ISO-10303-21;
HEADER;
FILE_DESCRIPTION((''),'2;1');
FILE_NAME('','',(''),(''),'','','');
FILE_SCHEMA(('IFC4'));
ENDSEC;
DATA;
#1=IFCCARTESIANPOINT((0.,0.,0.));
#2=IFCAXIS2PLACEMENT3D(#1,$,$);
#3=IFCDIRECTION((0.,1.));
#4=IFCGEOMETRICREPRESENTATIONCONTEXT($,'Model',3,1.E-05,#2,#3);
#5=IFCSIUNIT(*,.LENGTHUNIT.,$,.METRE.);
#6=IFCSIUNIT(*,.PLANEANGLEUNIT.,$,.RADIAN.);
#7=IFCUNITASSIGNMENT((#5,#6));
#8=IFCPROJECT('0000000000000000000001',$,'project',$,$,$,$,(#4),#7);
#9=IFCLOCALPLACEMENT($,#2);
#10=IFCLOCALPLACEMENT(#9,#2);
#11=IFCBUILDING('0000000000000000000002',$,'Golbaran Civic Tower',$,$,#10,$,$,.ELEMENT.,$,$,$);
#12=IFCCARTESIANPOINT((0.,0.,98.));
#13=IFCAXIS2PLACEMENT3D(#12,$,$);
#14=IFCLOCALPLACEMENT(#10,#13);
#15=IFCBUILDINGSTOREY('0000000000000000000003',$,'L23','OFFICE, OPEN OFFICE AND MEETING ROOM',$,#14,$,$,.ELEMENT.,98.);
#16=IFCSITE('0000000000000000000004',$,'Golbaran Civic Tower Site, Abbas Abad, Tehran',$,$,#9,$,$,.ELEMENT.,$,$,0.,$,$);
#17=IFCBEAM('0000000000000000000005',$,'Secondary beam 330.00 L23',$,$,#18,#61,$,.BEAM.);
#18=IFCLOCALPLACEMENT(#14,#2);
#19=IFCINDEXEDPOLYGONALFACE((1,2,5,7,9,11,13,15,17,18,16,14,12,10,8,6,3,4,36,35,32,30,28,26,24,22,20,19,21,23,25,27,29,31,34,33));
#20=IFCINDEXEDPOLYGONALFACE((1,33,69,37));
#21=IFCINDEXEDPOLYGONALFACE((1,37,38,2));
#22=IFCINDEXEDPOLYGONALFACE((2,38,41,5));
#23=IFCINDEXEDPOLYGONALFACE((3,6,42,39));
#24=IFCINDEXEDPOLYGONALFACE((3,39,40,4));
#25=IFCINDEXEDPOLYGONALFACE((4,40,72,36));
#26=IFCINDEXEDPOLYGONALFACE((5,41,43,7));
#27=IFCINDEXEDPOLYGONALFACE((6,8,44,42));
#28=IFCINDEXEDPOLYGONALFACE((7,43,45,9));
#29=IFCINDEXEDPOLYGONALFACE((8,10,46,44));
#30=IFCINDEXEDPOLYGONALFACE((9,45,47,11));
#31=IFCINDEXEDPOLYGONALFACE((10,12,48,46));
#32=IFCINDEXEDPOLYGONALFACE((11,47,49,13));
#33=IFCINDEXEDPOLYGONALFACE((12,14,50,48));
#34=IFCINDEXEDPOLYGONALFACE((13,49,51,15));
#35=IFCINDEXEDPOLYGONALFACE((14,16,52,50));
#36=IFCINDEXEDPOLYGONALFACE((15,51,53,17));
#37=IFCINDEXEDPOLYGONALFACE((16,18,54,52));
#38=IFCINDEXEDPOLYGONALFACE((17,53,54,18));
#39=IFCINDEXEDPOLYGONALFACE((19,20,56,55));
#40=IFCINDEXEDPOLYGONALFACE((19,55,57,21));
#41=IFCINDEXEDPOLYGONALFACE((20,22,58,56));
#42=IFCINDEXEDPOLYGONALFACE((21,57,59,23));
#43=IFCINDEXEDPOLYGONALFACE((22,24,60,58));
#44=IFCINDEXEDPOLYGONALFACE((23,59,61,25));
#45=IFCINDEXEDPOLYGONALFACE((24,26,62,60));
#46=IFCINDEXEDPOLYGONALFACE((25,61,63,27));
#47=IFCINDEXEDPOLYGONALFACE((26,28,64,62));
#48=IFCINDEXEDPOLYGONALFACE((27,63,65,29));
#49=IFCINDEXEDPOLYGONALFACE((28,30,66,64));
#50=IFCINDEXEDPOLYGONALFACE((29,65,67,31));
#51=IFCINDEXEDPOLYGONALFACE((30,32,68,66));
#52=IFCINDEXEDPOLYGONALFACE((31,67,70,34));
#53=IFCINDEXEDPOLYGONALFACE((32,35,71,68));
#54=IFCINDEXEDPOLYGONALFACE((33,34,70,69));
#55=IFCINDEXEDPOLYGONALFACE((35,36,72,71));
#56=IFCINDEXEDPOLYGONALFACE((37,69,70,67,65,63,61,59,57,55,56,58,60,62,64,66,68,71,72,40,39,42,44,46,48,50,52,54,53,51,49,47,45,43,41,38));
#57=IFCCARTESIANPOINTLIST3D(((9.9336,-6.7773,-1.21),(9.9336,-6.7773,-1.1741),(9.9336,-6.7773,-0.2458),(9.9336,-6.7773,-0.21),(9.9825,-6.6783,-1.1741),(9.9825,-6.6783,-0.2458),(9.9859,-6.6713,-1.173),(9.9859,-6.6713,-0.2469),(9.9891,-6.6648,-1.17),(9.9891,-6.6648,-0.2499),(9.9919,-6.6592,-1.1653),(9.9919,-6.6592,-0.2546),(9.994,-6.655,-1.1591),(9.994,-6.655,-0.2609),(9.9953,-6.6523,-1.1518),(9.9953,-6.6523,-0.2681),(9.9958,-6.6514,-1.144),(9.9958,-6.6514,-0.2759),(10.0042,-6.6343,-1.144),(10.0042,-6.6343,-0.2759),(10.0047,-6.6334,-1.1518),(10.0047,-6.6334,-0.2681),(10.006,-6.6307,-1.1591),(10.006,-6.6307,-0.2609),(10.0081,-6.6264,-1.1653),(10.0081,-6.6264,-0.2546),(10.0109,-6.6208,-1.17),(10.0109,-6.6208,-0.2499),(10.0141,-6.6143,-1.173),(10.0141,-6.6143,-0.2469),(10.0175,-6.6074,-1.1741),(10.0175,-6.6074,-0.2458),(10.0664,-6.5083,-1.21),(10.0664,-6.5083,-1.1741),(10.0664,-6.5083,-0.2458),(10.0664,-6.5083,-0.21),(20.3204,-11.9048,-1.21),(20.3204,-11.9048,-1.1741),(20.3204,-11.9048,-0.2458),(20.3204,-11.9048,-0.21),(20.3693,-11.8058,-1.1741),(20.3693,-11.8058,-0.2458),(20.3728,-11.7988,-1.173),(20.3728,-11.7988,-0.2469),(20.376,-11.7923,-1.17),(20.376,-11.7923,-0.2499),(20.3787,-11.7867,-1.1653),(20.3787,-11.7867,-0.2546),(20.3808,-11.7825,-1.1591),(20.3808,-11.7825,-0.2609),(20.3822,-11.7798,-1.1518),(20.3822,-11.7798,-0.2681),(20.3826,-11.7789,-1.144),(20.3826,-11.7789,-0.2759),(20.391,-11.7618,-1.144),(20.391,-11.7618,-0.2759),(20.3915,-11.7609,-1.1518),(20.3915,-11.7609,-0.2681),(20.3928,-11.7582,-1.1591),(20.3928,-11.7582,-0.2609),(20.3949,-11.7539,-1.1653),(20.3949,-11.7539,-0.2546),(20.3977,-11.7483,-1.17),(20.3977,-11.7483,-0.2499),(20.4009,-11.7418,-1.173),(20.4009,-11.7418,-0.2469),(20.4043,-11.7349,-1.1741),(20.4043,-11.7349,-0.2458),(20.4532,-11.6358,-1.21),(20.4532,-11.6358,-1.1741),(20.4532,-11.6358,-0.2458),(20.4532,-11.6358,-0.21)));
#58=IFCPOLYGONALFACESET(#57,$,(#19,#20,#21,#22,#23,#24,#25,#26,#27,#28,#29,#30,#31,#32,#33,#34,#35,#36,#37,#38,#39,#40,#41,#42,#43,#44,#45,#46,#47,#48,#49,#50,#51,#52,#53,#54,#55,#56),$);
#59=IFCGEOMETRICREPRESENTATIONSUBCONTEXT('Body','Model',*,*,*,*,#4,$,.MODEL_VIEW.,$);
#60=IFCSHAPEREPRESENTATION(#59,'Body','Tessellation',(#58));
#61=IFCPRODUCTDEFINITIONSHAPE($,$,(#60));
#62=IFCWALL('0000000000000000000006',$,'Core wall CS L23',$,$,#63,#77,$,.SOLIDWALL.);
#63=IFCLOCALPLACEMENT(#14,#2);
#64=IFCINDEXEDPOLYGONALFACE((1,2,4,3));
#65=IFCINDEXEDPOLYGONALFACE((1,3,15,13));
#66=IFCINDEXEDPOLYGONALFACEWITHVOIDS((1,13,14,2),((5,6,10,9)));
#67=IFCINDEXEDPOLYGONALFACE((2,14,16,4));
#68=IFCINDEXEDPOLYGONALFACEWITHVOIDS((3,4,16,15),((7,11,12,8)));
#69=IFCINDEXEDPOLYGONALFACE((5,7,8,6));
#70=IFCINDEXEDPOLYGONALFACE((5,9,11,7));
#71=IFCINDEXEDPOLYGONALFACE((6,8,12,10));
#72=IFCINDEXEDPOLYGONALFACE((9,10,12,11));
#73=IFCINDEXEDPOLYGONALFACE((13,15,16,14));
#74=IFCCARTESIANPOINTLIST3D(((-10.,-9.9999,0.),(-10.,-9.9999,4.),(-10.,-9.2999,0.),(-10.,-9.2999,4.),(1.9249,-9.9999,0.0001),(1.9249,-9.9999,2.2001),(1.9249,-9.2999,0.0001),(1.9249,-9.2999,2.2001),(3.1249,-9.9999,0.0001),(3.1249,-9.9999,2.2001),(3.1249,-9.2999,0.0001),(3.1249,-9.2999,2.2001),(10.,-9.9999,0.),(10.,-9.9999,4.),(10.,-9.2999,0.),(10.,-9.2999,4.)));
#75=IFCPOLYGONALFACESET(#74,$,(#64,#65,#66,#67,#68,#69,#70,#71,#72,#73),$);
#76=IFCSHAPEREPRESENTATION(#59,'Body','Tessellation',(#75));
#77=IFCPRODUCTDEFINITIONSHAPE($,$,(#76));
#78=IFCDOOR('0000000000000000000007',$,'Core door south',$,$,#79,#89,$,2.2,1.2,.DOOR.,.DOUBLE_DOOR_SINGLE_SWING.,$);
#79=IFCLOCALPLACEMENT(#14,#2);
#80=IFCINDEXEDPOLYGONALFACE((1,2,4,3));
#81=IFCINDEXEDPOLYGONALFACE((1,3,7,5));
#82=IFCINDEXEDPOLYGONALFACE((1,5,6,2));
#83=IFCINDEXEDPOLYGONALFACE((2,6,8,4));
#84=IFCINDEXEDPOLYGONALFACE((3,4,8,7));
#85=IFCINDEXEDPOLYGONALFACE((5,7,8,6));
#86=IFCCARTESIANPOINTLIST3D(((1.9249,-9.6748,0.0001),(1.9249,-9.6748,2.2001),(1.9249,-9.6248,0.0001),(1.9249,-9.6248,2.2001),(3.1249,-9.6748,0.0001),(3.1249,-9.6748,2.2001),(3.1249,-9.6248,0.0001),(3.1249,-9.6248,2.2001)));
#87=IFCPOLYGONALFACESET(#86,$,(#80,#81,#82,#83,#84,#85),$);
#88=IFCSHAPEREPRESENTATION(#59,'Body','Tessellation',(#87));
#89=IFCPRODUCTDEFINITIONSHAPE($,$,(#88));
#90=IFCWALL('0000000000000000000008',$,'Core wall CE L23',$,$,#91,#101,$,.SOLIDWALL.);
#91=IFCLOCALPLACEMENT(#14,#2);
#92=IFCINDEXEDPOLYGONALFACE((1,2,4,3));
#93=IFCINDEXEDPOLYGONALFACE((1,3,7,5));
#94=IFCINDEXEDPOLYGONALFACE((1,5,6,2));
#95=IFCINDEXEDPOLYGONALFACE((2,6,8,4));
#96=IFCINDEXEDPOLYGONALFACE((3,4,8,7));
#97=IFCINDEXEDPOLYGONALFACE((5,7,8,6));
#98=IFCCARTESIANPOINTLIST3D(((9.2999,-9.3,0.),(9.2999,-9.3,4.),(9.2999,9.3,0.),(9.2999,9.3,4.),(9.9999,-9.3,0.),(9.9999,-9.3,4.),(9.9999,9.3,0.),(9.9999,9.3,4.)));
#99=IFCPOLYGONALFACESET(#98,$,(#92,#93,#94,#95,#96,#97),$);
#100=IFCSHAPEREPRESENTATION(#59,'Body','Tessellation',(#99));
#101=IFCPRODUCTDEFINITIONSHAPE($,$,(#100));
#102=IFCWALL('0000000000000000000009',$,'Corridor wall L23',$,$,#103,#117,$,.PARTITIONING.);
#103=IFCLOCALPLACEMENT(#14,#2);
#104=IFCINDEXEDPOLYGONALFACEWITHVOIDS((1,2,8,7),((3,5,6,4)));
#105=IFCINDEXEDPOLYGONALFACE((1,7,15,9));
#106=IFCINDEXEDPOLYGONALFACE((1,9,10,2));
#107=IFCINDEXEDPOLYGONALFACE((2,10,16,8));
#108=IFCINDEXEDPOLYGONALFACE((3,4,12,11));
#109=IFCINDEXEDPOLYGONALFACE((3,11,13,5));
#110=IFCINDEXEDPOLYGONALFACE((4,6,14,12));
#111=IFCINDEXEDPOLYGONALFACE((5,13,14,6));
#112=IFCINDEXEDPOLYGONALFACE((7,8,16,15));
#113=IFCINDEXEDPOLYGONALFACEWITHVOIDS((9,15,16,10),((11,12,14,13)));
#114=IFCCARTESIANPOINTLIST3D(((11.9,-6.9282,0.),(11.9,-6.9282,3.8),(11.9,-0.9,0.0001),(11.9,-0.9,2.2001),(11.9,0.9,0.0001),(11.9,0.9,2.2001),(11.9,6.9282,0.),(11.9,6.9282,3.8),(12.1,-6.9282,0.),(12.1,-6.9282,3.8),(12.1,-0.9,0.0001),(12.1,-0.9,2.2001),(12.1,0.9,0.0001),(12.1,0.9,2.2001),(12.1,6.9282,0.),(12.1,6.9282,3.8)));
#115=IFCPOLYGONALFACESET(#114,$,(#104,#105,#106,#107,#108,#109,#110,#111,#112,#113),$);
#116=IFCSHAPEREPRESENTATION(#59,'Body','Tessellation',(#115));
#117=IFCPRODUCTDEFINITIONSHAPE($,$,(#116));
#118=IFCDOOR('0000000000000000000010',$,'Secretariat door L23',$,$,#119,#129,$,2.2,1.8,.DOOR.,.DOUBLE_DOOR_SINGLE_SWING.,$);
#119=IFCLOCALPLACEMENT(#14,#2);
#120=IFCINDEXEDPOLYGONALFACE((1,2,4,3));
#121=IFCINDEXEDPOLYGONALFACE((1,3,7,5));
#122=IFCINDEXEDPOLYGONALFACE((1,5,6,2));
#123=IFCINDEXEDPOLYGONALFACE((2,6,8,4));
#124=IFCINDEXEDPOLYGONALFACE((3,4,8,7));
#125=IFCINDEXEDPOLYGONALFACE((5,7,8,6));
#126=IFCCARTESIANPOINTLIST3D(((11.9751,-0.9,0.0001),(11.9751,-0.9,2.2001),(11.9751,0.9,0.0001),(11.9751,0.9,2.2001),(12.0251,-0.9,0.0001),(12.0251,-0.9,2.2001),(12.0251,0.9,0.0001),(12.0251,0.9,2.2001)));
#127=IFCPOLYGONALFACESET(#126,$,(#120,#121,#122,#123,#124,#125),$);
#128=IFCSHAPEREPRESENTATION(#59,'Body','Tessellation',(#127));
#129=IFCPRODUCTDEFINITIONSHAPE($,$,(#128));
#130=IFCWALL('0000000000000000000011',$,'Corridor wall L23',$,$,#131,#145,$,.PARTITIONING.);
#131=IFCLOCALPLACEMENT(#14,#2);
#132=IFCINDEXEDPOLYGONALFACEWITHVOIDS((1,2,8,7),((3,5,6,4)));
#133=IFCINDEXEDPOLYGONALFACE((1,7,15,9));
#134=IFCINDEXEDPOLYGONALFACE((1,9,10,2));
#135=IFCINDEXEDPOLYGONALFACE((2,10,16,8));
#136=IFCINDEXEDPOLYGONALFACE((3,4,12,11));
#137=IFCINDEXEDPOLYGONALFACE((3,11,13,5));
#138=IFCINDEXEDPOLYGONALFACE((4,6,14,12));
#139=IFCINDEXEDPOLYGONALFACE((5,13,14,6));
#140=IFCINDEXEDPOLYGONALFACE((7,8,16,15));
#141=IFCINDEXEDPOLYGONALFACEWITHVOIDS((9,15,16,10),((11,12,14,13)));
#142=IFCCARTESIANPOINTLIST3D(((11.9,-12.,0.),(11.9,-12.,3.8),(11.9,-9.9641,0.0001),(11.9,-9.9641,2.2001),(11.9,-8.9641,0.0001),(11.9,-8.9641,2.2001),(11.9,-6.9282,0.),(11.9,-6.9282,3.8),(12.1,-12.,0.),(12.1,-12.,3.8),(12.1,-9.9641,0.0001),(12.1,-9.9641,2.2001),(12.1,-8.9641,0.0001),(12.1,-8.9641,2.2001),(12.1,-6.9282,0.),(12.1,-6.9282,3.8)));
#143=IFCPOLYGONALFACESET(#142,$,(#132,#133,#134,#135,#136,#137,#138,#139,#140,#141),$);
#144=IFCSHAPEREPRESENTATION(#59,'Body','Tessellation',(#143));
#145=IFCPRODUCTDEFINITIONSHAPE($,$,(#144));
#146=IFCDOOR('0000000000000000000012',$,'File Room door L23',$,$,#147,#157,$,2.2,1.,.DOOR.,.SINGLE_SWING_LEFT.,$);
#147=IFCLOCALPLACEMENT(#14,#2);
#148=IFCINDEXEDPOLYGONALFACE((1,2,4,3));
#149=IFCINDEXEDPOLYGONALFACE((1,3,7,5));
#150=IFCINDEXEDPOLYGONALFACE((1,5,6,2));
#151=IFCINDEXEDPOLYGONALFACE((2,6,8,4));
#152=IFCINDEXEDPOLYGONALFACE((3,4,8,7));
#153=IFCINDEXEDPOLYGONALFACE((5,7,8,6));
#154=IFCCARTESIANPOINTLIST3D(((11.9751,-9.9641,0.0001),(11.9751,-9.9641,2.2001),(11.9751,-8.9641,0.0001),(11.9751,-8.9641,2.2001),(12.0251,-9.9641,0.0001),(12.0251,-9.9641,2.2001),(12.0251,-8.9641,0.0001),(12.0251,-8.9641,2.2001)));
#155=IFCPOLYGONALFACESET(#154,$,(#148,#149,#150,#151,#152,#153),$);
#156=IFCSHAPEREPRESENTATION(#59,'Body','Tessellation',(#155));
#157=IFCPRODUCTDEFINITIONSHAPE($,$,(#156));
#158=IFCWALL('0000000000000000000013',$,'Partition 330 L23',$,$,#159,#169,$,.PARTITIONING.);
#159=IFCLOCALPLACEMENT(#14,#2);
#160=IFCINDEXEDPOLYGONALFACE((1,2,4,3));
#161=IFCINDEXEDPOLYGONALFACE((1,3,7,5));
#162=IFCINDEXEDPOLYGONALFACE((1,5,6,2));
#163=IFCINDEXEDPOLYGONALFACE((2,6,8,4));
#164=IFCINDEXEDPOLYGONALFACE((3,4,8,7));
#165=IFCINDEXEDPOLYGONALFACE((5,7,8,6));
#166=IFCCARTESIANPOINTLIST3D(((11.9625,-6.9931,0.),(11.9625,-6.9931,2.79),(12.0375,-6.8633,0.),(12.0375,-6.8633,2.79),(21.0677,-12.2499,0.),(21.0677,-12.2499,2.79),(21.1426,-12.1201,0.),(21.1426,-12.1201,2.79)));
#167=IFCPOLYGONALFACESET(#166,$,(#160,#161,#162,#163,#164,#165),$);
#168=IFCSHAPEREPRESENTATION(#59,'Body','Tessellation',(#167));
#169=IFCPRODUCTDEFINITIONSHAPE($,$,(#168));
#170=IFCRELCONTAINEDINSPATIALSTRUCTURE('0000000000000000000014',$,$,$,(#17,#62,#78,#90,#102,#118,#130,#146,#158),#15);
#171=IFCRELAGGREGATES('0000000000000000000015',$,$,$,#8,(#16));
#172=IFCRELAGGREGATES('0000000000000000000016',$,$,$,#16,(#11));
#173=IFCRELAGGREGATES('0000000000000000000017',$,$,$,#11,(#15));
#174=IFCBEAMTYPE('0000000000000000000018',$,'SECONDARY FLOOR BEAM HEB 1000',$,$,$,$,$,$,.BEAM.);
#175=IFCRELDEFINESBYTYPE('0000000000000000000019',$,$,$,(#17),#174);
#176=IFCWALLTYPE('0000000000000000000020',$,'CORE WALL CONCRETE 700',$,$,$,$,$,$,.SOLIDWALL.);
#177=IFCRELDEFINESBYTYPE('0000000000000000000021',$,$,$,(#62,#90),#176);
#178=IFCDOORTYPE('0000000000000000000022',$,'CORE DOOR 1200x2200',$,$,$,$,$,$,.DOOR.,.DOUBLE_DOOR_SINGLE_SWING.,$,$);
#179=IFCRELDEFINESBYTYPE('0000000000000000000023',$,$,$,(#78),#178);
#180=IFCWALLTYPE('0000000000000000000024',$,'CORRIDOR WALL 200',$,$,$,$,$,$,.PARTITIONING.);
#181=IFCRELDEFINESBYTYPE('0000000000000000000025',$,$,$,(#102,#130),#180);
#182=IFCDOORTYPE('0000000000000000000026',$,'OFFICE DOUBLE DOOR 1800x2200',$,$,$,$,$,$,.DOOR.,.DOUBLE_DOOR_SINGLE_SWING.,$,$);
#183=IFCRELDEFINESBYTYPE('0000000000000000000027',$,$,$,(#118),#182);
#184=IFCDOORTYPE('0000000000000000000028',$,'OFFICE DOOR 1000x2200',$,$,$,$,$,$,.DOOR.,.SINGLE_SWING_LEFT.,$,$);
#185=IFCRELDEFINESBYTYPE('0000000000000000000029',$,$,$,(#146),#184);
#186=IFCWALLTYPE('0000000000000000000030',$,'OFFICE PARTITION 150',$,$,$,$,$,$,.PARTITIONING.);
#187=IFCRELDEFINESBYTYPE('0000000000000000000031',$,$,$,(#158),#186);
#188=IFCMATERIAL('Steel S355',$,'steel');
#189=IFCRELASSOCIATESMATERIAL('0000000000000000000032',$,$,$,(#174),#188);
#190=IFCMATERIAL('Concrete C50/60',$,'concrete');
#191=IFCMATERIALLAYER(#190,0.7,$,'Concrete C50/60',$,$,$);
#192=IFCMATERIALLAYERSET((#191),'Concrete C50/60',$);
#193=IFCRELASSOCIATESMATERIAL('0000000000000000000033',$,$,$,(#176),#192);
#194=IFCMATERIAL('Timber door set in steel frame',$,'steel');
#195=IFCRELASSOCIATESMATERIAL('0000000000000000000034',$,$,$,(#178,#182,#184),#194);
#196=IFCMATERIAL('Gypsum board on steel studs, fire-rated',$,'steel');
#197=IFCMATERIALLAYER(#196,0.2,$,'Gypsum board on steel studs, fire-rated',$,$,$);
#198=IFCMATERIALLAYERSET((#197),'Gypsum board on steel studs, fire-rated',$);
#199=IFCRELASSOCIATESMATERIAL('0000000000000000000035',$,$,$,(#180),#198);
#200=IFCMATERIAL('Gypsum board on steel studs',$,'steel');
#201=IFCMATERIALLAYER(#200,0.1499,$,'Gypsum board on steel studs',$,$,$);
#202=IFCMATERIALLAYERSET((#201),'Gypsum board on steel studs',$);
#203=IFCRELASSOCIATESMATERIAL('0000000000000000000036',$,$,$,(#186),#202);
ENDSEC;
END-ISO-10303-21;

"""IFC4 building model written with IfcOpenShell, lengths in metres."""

from ifc_helpers import new_model, si_unit, direction, frame, frame_2d, origin, origin_2d, place, context, subcontext, project, spatial, rectangle, i_section, extrude, material, layer, layer_set, material_profile, profile_set, type_object, element, fill, save


model = new_model("IFC4")

# Units and contexts
model_context = context("Model", 3, precision=1e-05, world=origin(), true_north=direction((0.0, 1.0)))
body_context = subcontext(model_context, "Body", "Model", "MODEL_VIEW")
ifc_project = project(units=[si_unit("LENGTHUNIT", "METRE"), si_unit("PLANEANGLEUNIT", "RADIAN")], contexts=[model_context])

# Site, building, storey
site_placement = place(None, origin())
site = spatial("IfcSite", under=ifc_project, at=site_placement, Name="Golbaran Civic Tower Site, Abbas Abad, Tehran", CompositionType="ELEMENT", RefElevation=0.0)
building_placement = place(site_placement, origin())
building = spatial("IfcBuilding", under=site, at=building_placement, Name="Golbaran Civic Tower", CompositionType="ELEMENT")
storey_placement = place(building_placement, frame((0.0, 0.0, 98.0)))
storey = spatial("IfcBuildingStorey", under=building, at=storey_placement, Name="L23", Description="OFFICE, OPEN OFFICE AND MEETING ROOM", CompositionType="ELEMENT", Elevation=98.0)

# Beam
ifc_material_1 = material(Name="Steel S355", Category="steel")
ifc_material_profile_1 = material_profile(ifc_material_1, i_section(OverallWidth=0.3, OverallDepth=1.0, WebThickness=0.019, FlangeThickness=0.0359, FilletRadius=0.03, at=origin_2d()), Name="HEB 1000")
ifc_profile_set_1 = profile_set([ifc_material_profile_1], Name="Steel S355")
beam_type_1 = type_object("IfcBeamType", Name="SECONDARY FLOOR BEAM HEB 1000", PredefinedType="BEAM", material=ifc_profile_set_1)
beam_1_placement = place(storey_placement, frame((10.0, -6.6428, -0.71), z_axis=(0.896692, -0.442655, 0.0), x_axis=(0.442655, 0.896692, 0.0)))
element("IfcBeam", 1, at=beam_1_placement, inside=storey, type_object=beam_type_1, Name="Secondary beam 330.00 L23", PredefinedType="BEAM", context=body_context, shape_type="SweptSolid", body=[
    extrude(i_section(OverallWidth=0.3, OverallDepth=1.0, WebThickness=0.019, FlangeThickness=0.0359, FilletRadius=0.03, at=origin_2d()), origin(), (0.0, 0.0, 1.0), 11.5835),
])

# Wall, opening, door
ifc_material_2 = material(Name="Concrete C50/60", Category="concrete")
ifc_layer_1 = layer(ifc_material_2, 0.7, Name="Concrete C50/60")
ifc_layer_set_1 = layer_set([ifc_layer_1], Name="Concrete C50/60")
wall_type_1 = type_object("IfcWallType", Name="CORE WALL CONCRETE 700", PredefinedType="SOLIDWALL", material=ifc_layer_set_1)
wall_1_placement = place(storey_placement, frame((10.0, -9.6499, 0.0), z_axis=(0.0, 0.0, 1.0), x_axis=(-1.0, 0.0, 0.0)))
wall_1 = element("IfcWall", 2, at=wall_1_placement, inside=storey, type_object=wall_type_1, Name="Core wall CS L23", PredefinedType="SOLIDWALL", context=body_context, shape_type="SweptSolid", body=[
    extrude(rectangle(XDim=20.0, YDim=0.7, at=frame_2d((10.0, 0.0))), origin(), (0.0, 0.0, 1.0), 4.0),
])
opening_1_placement = place(wall_1_placement, frame((6.875, 0.0, 0.0)))
opening_1 = element("IfcOpeningElement", 3, at=opening_1_placement, cuts=wall_1, PredefinedType="OPENING", context=body_context, shape_type="SweptSolid", body=[
    extrude(rectangle(XDim=1.2, YDim=2.2, at=frame_2d((0.6001, 1.1001))), frame((0.0, 0.3599, 0.0), z_axis=(0.0, -1.0, 0.0), x_axis=(1.0, 0.0, 0.0)), (0.0, 0.0, 1.0), 0.72),
])
ifc_material_3 = material(Name="Timber door set in steel frame", Category="steel")
door_type_1 = type_object("IfcDoorType", Name="CORE DOOR 1200x2200", OperationType="DOUBLE_DOOR_SINGLE_SWING", PredefinedType="DOOR", material=ifc_material_3)
door_1_placement = place(opening_1_placement, origin())
door_1 = element("IfcDoor", 4, at=door_1_placement, inside=storey, type_object=door_type_1, Name="Core door south", OperationType="DOUBLE_DOOR_SINGLE_SWING", OverallHeight=2.2, OverallWidth=1.2, PredefinedType="DOOR", context=body_context, shape_type="SweptSolid", body=[
    extrude(rectangle(XDim=1.2, YDim=2.2, at=frame_2d((0.6001, 1.1001))), frame((0.0, 0.0249, 0.0), z_axis=(0.0, -1.0, 0.0), x_axis=(1.0, 0.0, 0.0)), (0.0, 0.0, 1.0), 0.05),
])
fill(opening_1, door_1)

# Wall
wall_2_placement = place(storey_placement, frame((9.6499, -9.3, 0.0), z_axis=(0.0, 0.0, 1.0), x_axis=(0.0, 1.0, 0.0)))
element("IfcWall", 5, at=wall_2_placement, inside=storey, type_object=wall_type_1, Name="Core wall CE L23", PredefinedType="SOLIDWALL", context=body_context, shape_type="SweptSolid", body=[
    extrude(rectangle(XDim=18.6001, YDim=0.7, at=frame_2d((9.3, 0.0))), origin(), (0.0, 0.0, 1.0), 4.0),
])

# Walls, openings, doors
ifc_material_4 = material(Name="Gypsum board on steel studs, fire-rated", Category="steel")
ifc_layer_2 = layer(ifc_material_4, 0.2, Name="Gypsum board on steel studs, fire-rated")
ifc_layer_set_2 = layer_set([ifc_layer_2], Name="Gypsum board on steel studs, fire-rated")
wall_type_2 = type_object("IfcWallType", Name="CORRIDOR WALL 200", PredefinedType="PARTITIONING", material=ifc_layer_set_2)
wall_3_placement = place(storey_placement, frame((12.0, -6.9282, 0.0), z_axis=(0.0, 0.0, 1.0), x_axis=(0.0, 1.0, 0.0)))
wall_3 = element("IfcWall", 6, at=wall_3_placement, inside=storey, type_object=wall_type_2, Name="Corridor wall L23", PredefinedType="PARTITIONING", context=body_context, shape_type="SweptSolid", body=[
    extrude(rectangle(XDim=13.8564, YDim=0.2, at=frame_2d((6.9282, 0.0))), origin(), (0.0, 0.0, 1.0), 3.8),
])
opening_2_placement = place(wall_3_placement, frame((6.0283, 0.0, 0.0)))
opening_2 = element("IfcOpeningElement", 7, at=opening_2_placement, cuts=wall_3, PredefinedType="OPENING", context=body_context, shape_type="SweptSolid", body=[
    extrude(rectangle(XDim=1.8, YDim=2.2, at=frame_2d((0.8999, 1.1001))), frame((0.0, 0.1099, 0.0), z_axis=(0.0, -1.0, 0.0), x_axis=(1.0, 0.0, 0.0)), (0.0, 0.0, 1.0), 0.22),
])
door_type_2 = type_object("IfcDoorType", Name="OFFICE DOUBLE DOOR 1800x2200", OperationType="DOUBLE_DOOR_SINGLE_SWING", PredefinedType="DOOR", material=ifc_material_3)
door_2_placement = place(opening_2_placement, origin())
door_2 = element("IfcDoor", 8, at=door_2_placement, inside=storey, type_object=door_type_2, Name="Secretariat door L23", OperationType="DOUBLE_DOOR_SINGLE_SWING", OverallHeight=2.2, OverallWidth=1.8, PredefinedType="DOOR", context=body_context, shape_type="SweptSolid", body=[
    extrude(rectangle(XDim=1.8, YDim=2.2, at=frame_2d((0.8999, 1.1001))), frame((0.0, 0.0249, 0.0), z_axis=(0.0, -1.0, 0.0), x_axis=(1.0, 0.0, 0.0)), (0.0, 0.0, 1.0), 0.05),
])
fill(opening_2, door_2)
wall_4_placement = place(storey_placement, frame((12.0, -12.0, 0.0), z_axis=(0.0, 0.0, 1.0), x_axis=(0.0, 1.0, 0.0)))
wall_4 = element("IfcWall", 9, at=wall_4_placement, inside=storey, type_object=wall_type_2, Name="Corridor wall L23", PredefinedType="PARTITIONING", context=body_context, shape_type="SweptSolid", body=[
    extrude(rectangle(XDim=5.0718, YDim=0.2, at=frame_2d((2.5359, 0.0))), origin(), (0.0, 0.0, 1.0), 3.8),
])
opening_3_placement = place(wall_4_placement, frame((2.0359, 0.0, 0.0)))
opening_3 = element("IfcOpeningElement", 10, at=opening_3_placement, cuts=wall_4, PredefinedType="OPENING", context=body_context, shape_type="SweptSolid", body=[
    extrude(rectangle(XDim=1.0, YDim=2.2, at=frame_2d((0.5, 1.1001))), frame((0.0, 0.1099, 0.0), z_axis=(0.0, -1.0, 0.0), x_axis=(1.0, 0.0, 0.0)), (0.0, 0.0, 1.0), 0.22),
])
door_type_3 = type_object("IfcDoorType", Name="OFFICE DOOR 1000x2200", OperationType="SINGLE_SWING_LEFT", PredefinedType="DOOR", material=ifc_material_3)
door_3_placement = place(opening_3_placement, origin())
door_3 = element("IfcDoor", 11, at=door_3_placement, inside=storey, type_object=door_type_3, Name="File Room door L23", OperationType="SINGLE_SWING_LEFT", OverallHeight=2.2, OverallWidth=1.0, PredefinedType="DOOR", context=body_context, shape_type="SweptSolid", body=[
    extrude(rectangle(XDim=1.0, YDim=2.2, at=frame_2d((0.5, 1.1001))), frame((0.0, 0.0249, 0.0), z_axis=(0.0, -1.0, 0.0), x_axis=(1.0, 0.0, 0.0)), (0.0, 0.0, 1.0), 0.05),
])
fill(opening_3, door_3)

# Wall
ifc_material_5 = material(Name="Gypsum board on steel studs", Category="steel")
ifc_layer_3 = layer(ifc_material_5, 0.1499, Name="Gypsum board on steel studs")
ifc_layer_set_3 = layer_set([ifc_layer_3], Name="Gypsum board on steel studs")
wall_type_3 = type_object("IfcWallType", Name="OFFICE PARTITION 150", PredefinedType="PARTITIONING", material=ifc_layer_set_3)
wall_5_placement = place(storey_placement, frame((12.0, -6.9282, 0.0), z_axis=(0.0, 0.0, 1.0), x_axis=(0.866028, -0.499995, 0.0)))
element("IfcWall", 12, at=wall_5_placement, inside=storey, type_object=wall_type_3, Name="Partition 330 L23", PredefinedType="PARTITIONING", context=body_context, shape_type="SweptSolid", body=[
    extrude(rectangle(XDim=10.5137, YDim=0.1499, at=frame_2d((5.2568, 0.0))), origin(), (0.0, 0.0, 1.0), 2.79),
])

save(model, "model.ifc")
